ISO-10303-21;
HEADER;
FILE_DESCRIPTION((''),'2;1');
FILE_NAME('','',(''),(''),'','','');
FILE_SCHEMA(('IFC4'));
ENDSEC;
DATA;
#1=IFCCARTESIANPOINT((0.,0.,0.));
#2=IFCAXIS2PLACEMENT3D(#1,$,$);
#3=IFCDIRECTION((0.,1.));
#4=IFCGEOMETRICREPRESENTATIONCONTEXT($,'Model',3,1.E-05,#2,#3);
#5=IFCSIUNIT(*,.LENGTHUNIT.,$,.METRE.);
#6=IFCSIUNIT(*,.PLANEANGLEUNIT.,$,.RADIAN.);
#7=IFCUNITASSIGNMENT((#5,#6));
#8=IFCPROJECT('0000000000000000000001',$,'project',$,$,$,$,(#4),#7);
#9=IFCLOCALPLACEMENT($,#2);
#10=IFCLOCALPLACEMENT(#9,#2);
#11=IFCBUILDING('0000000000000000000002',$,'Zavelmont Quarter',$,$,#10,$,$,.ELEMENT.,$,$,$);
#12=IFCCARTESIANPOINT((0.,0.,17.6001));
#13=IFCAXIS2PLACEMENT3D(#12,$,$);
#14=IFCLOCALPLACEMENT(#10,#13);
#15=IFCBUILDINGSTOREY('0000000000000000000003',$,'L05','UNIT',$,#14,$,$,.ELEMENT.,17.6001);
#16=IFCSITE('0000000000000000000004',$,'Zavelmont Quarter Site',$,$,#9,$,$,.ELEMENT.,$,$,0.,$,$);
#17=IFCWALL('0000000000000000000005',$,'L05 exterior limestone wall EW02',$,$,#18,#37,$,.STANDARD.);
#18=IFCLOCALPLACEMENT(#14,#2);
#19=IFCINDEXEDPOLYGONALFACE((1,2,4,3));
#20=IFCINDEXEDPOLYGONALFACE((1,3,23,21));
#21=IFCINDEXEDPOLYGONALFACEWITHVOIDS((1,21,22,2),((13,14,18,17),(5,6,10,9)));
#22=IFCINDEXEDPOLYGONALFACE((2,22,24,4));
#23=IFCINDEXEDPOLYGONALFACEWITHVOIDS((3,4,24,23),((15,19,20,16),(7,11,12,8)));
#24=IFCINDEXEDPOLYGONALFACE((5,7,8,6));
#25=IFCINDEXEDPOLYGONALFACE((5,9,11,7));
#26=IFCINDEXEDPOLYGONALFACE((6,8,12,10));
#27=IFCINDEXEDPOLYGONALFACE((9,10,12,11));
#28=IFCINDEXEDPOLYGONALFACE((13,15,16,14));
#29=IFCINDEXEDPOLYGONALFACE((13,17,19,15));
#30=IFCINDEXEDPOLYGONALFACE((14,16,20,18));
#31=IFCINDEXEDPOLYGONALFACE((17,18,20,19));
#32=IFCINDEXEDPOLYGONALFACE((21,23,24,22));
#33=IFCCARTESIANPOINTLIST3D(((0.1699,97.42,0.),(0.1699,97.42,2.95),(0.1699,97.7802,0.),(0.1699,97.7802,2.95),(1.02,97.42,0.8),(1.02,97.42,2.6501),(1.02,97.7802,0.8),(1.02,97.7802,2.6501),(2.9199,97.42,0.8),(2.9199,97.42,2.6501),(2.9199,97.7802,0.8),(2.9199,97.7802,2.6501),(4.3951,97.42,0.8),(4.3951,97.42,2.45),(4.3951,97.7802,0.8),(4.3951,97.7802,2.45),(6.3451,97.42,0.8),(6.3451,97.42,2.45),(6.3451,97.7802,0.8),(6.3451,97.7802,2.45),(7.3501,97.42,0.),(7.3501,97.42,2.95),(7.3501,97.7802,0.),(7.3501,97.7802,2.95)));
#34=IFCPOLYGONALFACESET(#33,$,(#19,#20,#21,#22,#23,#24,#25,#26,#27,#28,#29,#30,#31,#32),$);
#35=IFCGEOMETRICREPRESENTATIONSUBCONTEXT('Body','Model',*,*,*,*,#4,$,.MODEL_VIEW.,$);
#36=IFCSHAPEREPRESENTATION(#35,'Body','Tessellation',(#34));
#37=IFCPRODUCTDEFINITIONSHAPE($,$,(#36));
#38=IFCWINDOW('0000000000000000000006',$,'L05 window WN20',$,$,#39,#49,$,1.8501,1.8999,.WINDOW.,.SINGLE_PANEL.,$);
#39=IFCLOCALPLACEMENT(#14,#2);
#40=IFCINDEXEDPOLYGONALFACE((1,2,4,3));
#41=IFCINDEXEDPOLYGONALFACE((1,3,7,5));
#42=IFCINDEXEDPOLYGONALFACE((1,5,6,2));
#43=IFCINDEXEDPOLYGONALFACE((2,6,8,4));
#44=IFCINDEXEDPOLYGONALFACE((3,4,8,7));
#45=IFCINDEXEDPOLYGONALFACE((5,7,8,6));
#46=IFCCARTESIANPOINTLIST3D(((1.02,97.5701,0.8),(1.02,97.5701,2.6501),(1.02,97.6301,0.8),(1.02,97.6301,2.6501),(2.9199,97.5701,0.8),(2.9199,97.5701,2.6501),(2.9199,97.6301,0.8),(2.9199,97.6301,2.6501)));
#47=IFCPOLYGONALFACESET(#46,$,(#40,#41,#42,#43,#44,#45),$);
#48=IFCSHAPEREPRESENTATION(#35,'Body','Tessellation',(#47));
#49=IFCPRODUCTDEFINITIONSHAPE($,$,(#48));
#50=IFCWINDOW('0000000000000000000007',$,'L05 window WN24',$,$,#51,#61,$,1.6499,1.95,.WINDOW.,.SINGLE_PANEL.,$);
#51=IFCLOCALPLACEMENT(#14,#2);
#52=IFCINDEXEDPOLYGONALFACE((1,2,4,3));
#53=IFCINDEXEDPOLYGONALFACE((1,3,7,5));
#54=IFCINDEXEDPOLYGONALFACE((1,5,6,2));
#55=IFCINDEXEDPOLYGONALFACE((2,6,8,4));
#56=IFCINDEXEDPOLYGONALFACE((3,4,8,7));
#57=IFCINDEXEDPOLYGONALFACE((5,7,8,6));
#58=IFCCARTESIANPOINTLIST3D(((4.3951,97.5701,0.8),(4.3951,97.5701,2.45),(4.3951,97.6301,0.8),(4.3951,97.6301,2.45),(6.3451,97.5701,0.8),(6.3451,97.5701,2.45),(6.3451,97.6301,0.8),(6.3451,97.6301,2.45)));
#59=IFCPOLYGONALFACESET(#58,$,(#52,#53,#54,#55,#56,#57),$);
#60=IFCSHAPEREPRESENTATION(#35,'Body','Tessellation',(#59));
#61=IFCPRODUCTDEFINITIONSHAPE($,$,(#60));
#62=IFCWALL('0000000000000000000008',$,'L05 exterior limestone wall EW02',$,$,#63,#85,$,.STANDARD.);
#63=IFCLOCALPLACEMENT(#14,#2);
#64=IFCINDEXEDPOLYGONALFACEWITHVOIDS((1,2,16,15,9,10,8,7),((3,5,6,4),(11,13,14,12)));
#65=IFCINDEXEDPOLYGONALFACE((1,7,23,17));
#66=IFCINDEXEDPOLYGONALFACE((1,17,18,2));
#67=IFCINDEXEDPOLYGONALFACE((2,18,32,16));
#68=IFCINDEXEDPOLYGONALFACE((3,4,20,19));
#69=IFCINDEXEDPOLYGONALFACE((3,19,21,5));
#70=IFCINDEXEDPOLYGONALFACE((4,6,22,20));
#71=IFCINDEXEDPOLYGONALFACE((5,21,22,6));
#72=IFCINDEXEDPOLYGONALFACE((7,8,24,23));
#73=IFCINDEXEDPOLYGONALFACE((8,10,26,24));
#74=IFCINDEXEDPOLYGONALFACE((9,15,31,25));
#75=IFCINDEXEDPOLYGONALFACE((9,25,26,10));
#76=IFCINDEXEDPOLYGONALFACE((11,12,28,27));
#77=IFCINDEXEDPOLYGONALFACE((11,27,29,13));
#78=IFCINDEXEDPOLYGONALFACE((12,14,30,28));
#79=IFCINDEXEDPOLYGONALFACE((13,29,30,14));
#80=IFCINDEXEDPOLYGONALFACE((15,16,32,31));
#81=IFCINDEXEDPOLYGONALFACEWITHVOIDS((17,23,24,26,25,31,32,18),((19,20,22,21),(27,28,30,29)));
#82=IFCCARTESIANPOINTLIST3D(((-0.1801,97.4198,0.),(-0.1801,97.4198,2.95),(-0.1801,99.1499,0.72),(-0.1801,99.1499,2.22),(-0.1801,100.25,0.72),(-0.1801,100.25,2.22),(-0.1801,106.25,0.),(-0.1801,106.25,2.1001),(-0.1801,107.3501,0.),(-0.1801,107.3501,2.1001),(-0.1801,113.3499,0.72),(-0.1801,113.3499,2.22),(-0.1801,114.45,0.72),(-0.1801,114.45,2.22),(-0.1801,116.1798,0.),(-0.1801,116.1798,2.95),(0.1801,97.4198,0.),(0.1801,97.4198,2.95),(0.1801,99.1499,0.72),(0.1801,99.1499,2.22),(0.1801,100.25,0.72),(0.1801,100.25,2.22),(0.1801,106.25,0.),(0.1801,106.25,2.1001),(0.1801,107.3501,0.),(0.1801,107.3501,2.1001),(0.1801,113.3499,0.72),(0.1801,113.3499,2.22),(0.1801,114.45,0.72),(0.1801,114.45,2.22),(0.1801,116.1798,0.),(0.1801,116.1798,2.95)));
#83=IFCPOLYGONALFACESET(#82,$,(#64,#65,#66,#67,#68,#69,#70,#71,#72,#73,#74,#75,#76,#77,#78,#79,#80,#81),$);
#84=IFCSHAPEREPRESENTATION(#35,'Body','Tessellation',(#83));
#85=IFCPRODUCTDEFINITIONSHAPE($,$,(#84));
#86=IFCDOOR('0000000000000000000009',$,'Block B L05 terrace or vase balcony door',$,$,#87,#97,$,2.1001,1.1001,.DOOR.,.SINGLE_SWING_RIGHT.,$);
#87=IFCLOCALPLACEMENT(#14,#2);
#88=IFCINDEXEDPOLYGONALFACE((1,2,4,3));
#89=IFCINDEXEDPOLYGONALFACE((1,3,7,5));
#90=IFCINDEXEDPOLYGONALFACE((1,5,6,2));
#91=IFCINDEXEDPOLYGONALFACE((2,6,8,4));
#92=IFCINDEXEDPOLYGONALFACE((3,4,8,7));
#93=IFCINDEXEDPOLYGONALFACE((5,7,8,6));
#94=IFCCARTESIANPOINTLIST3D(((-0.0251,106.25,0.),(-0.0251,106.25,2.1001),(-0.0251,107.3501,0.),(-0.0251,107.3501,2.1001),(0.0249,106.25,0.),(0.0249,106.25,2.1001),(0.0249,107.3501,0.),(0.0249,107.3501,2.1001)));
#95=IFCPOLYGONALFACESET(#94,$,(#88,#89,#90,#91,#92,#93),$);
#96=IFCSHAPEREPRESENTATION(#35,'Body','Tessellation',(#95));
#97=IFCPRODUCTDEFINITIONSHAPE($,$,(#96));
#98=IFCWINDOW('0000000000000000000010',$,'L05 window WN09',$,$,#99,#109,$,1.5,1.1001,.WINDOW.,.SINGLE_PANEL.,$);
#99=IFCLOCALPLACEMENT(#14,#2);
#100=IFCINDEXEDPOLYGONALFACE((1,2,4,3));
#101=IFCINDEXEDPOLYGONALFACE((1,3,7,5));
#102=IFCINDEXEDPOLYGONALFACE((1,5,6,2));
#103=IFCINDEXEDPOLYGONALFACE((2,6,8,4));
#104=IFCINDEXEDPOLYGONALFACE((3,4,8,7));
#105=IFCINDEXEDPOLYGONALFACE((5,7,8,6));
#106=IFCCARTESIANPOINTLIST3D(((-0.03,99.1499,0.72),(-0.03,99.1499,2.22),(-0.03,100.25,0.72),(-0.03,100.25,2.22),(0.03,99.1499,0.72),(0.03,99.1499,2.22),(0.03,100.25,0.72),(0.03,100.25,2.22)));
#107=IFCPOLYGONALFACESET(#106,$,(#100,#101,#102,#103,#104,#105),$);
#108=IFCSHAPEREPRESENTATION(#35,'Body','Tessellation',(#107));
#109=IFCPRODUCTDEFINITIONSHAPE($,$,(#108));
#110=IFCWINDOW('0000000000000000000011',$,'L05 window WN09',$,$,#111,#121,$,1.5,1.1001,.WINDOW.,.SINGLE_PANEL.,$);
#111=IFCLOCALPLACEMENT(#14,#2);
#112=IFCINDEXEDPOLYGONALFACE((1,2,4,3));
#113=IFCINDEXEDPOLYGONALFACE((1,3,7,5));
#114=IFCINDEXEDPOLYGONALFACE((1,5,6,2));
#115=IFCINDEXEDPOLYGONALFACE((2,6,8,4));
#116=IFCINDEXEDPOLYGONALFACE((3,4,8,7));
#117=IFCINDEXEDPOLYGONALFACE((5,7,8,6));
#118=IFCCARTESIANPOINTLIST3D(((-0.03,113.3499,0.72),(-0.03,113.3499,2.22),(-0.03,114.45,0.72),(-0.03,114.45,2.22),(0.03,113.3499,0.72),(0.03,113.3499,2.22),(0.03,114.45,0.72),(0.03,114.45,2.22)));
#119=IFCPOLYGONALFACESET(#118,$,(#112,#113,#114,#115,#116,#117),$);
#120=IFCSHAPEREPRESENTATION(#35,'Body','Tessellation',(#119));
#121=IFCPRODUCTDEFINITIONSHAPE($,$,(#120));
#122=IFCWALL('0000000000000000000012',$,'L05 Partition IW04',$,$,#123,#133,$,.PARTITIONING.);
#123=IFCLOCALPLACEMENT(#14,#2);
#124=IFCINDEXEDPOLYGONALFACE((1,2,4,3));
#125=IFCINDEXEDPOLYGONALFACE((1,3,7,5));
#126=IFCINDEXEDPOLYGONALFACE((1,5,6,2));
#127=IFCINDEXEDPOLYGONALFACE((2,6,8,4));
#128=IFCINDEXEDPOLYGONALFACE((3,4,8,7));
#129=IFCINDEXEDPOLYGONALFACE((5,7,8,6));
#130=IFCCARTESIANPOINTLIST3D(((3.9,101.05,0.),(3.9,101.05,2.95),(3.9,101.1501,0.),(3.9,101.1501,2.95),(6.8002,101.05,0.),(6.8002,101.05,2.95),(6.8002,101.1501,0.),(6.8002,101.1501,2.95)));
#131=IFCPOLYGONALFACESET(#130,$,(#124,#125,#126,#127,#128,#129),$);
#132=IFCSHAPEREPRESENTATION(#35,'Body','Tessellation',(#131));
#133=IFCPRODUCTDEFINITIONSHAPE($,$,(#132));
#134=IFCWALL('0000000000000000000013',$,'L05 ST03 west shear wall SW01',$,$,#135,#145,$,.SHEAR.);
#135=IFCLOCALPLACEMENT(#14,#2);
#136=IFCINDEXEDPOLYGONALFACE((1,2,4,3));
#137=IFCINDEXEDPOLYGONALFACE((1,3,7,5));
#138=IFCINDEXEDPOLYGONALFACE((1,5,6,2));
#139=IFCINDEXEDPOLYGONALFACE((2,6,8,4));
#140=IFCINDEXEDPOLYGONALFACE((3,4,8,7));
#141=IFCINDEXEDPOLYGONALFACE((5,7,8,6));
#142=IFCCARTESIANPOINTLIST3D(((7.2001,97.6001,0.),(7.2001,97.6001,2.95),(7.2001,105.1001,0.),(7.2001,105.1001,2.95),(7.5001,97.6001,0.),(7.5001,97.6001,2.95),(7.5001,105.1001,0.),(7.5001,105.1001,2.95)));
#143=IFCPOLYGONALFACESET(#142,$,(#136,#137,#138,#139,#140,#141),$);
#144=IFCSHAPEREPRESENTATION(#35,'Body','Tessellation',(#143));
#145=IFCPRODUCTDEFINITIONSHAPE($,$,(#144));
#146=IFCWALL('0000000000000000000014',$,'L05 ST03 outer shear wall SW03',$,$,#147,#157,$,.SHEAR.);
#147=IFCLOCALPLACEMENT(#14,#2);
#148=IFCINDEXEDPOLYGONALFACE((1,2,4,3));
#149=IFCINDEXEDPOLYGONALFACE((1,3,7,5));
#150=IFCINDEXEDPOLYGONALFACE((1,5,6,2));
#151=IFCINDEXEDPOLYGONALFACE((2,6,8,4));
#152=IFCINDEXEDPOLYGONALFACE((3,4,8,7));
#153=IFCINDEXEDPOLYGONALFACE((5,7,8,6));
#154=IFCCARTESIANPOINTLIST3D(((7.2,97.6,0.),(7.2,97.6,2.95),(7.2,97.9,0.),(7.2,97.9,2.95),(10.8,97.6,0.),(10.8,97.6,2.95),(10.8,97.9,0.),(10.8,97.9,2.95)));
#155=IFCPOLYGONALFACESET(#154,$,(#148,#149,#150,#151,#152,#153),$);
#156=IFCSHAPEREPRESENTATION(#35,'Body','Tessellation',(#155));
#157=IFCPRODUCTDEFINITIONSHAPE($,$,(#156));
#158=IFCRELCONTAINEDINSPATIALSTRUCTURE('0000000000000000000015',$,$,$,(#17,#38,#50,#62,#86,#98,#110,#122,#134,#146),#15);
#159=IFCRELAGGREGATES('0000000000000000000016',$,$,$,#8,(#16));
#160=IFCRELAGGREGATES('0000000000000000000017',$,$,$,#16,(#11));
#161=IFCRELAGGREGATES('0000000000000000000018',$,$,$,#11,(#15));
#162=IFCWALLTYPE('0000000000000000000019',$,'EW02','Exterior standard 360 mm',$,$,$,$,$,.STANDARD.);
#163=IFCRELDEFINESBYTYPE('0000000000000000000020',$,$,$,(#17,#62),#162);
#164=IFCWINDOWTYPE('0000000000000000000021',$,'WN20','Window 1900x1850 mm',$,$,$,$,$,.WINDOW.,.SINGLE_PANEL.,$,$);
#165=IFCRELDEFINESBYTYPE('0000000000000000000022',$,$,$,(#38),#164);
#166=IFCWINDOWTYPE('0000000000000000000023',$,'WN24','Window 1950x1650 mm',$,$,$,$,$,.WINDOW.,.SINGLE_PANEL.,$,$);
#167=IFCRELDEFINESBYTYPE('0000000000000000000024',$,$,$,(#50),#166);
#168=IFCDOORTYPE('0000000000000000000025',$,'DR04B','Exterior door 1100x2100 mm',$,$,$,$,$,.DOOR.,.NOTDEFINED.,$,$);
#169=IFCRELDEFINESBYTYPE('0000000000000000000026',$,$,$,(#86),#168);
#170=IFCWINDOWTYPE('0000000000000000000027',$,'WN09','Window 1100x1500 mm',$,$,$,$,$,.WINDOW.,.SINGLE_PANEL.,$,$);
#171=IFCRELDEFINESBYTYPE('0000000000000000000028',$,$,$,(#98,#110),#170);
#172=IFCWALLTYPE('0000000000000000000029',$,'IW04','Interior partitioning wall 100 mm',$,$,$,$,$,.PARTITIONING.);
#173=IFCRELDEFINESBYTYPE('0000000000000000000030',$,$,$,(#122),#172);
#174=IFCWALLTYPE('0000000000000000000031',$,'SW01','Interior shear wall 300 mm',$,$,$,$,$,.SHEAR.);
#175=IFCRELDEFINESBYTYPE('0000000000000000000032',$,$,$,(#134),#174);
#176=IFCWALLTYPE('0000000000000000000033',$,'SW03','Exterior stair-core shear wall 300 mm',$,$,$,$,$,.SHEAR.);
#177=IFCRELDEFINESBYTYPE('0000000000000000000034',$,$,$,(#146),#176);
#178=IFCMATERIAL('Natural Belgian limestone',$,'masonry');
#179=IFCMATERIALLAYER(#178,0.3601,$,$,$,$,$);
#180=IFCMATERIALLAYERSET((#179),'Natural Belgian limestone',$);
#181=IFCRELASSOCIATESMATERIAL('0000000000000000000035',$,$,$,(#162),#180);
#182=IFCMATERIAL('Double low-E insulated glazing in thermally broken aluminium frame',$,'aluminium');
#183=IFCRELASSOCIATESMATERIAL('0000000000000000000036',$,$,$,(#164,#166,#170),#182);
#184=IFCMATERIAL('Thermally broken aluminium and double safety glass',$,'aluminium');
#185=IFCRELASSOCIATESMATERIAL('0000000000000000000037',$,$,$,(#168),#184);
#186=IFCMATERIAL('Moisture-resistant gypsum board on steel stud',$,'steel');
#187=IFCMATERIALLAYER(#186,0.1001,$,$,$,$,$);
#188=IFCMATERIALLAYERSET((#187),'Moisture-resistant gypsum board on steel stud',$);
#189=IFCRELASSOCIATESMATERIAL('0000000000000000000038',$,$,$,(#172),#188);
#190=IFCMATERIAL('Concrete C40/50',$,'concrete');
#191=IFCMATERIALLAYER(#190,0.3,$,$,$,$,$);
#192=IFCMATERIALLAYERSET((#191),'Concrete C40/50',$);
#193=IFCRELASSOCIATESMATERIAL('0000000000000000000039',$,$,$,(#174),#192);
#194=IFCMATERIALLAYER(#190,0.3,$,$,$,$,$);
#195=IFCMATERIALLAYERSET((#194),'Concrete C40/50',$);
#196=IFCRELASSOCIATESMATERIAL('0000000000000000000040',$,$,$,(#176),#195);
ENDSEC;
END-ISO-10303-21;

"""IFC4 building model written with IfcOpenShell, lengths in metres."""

from ifc_helpers import new_model, si_unit, direction, frame, frame_2d, origin, origin_with_axes, place, context, subcontext, project, spatial, rectangle, extrude, material, layer, layer_set, type_object, element, fill, save


model = new_model("IFC4")

# Units and contexts
model_context = context("Model", 3, precision=1e-05, world=origin(), true_north=direction((0.0, 1.0)))
body_context = subcontext(model_context, "Body", "Model", "MODEL_VIEW")
ifc_project = project(units=[si_unit("LENGTHUNIT", "METRE"), si_unit("PLANEANGLEUNIT", "RADIAN")], contexts=[model_context])

# Site, building, storey
site_placement = place(None, origin())
site = spatial("IfcSite", under=ifc_project, at=site_placement, Name="Zavelmont Quarter Site", CompositionType="ELEMENT", RefElevation=0.0)
building_placement = place(site_placement, origin())
building = spatial("IfcBuilding", under=site, at=building_placement, Name="Zavelmont Quarter", CompositionType="ELEMENT")
storey_placement = place(building_placement, frame((0.0, 0.0, 17.6001)))
storey = spatial("IfcBuildingStorey", under=building, at=storey_placement, Name="L05", Description="UNIT", CompositionType="ELEMENT", Elevation=17.6001)

# Shared definitions
ifc_material_1 = material(Name="Concrete C40/50", Category="concrete")

# Wall, openings, windows
ifc_material_2 = material(Name="Natural Belgian limestone", Category="masonry")
ifc_layer_1 = layer(ifc_material_2, 0.3601)
ifc_layer_set_1 = layer_set([ifc_layer_1], Name="Natural Belgian limestone")
wall_type_1 = type_object("IfcWallType", Name="EW02", Description="Exterior standard 360 mm", PredefinedType="STANDARD", material=ifc_layer_set_1)
wall_1_placement = place(storey_placement, frame((0.1699, 97.6001, 0.0), z_axis=(0.0, 0.0, 1.0), x_axis=(1.0, 0.0, 0.0)))
wall_1 = element("IfcWall", 1, at=wall_1_placement, inside=storey, type_object=wall_type_1, Name="L05 exterior limestone wall EW02", PredefinedType="STANDARD", context=body_context, shape_type="SweptSolid", body=[
    extrude(rectangle(XDim=7.1802, YDim=0.3601, at=frame_2d((3.5901, 0.0))), origin(), (0.0, 0.0, 1.0), 2.95),
])
opening_1_placement = place(wall_1_placement, frame((0.8501, 0.0, 0.8)))
opening_1 = element("IfcOpeningElement", 2, at=opening_1_placement, cuts=wall_1, PredefinedType="OPENING", context=body_context, shape_type="SweptSolid", body=[
    extrude(rectangle(XDim=1.8999, YDim=1.8501, at=frame_2d((0.95, 0.925))), frame((0.0, 0.1919, 0.0), z_axis=(0.0, -1.0, 0.0), x_axis=(1.0, 0.0, 0.0)), (0.0, 0.0, 1.0), 0.384),
])
opening_2_placement = place(wall_1_placement, frame((4.2251, 0.0, 0.8)))
opening_2 = element("IfcOpeningElement", 3, at=opening_2_placement, cuts=wall_1, PredefinedType="OPENING", context=body_context, shape_type="SweptSolid", body=[
    extrude(rectangle(XDim=1.95, YDim=1.6499, at=frame_2d((0.9751, 0.825))), frame((0.0, 0.1919, 0.0), z_axis=(0.0, -1.0, 0.0), x_axis=(1.0, 0.0, 0.0)), (0.0, 0.0, 1.0), 0.384),
])
ifc_material_3 = material(Name="Double low-E insulated glazing in thermally broken aluminium frame", Category="aluminium")
window_type_1 = type_object("IfcWindowType", Name="WN20", Description="Window 1900x1850 mm", PartitioningType="SINGLE_PANEL", PredefinedType="WINDOW", material=ifc_material_3)
window_1_placement = place(opening_1_placement, origin_with_axes())
window_1 = element("IfcWindow", 4, at=window_1_placement, inside=storey, type_object=window_type_1, Name="L05 window WN20", OverallHeight=1.8501, OverallWidth=1.8999, PartitioningType="SINGLE_PANEL", PredefinedType="WINDOW", context=body_context, shape_type="SweptSolid", body=[
    extrude(rectangle(XDim=1.8999, YDim=1.8501, at=frame_2d((0.95, 0.925))), frame((0.0, 0.03, 0.0), z_axis=(0.0, -1.0, 0.0), x_axis=(1.0, 0.0, 0.0)), (0.0, 0.0, 1.0), 0.0601),
])
fill(opening_1, window_1)
window_type_2 = type_object("IfcWindowType", Name="WN24", Description="Window 1950x1650 mm", PartitioningType="SINGLE_PANEL", PredefinedType="WINDOW", material=ifc_material_3)
window_2_placement = place(opening_2_placement, origin_with_axes())
window_2 = element("IfcWindow", 5, at=window_2_placement, inside=storey, type_object=window_type_2, Name="L05 window WN24", OverallHeight=1.6499, OverallWidth=1.95, PartitioningType="SINGLE_PANEL", PredefinedType="WINDOW", context=body_context, shape_type="SweptSolid", body=[
    extrude(rectangle(XDim=1.95, YDim=1.6499, at=frame_2d((0.9751, 0.825))), frame((0.0, 0.03, 0.0), z_axis=(0.0, -1.0, 0.0), x_axis=(1.0, 0.0, 0.0)), (0.0, 0.0, 1.0), 0.0601),
])
fill(opening_2, window_2)

# Wall, openings, door, windows
wall_2_placement = place(storey_placement, frame((0.0, 97.4199, 0.0), z_axis=(0.0, 0.0, 1.0), x_axis=(0.0, 1.0, 0.0)))
wall_2 = element("IfcWall", 6, at=wall_2_placement, inside=storey, type_object=wall_type_1, Name="L05 exterior limestone wall EW02", PredefinedType="STANDARD", context=body_context, shape_type="SweptSolid", body=[
    extrude(rectangle(XDim=18.76, YDim=0.3601, at=frame_2d((9.3799, 0.0))), origin(), (0.0, 0.0, 1.0), 2.95),
])
opening_3_placement = place(wall_2_placement, frame((8.8301, 0.0, 0.0)))
opening_3 = element("IfcOpeningElement", 7, at=opening_3_placement, cuts=wall_2, PredefinedType="OPENING", context=body_context, shape_type="SweptSolid", body=[
    extrude(rectangle(XDim=1.1001, YDim=2.1001, at=frame_2d((0.55, 1.05))), frame((0.0, 0.1919, 0.0), z_axis=(0.0, -1.0, 0.0), x_axis=(1.0, 0.0, 0.0)), (0.0, 0.0, 1.0), 0.384),
])
opening_4_placement = place(wall_2_placement, frame((1.73, 0.0, 0.72)))
opening_4 = element("IfcOpeningElement", 8, at=opening_4_placement, cuts=wall_2, PredefinedType="OPENING", context=body_context, shape_type="SweptSolid", body=[
    extrude(rectangle(XDim=1.1001, YDim=1.5, at=frame_2d((0.55, 0.75))), frame((0.0, 0.1919, 0.0), z_axis=(0.0, -1.0, 0.0), x_axis=(1.0, 0.0, 0.0)), (0.0, 0.0, 1.0), 0.384),
])
opening_5_placement = place(wall_2_placement, frame((15.9299, 0.0, 0.72)))
opening_5 = element("IfcOpeningElement", 9, at=opening_5_placement, cuts=wall_2, PredefinedType="OPENING", context=body_context, shape_type="SweptSolid", body=[
    extrude(rectangle(XDim=1.1001, YDim=1.5, at=frame_2d((0.55, 0.75))), frame((0.0, 0.1919, 0.0), z_axis=(0.0, -1.0, 0.0), x_axis=(1.0, 0.0, 0.0)), (0.0, 0.0, 1.0), 0.384),
])
ifc_material_4 = material(Name="Thermally broken aluminium and double safety glass", Category="aluminium")
door_type = type_object("IfcDoorType", Name="DR04B", Description="Exterior door 1100x2100 mm", OperationType="NOTDEFINED", PredefinedType="DOOR", material=ifc_material_4)
door_placement = place(opening_3_placement, frame((1.1001, 0.0, 0.0), z_axis=(0.0, 0.0, 1.0), x_axis=(-1.0, 0.0, 0.0)))
door = element("IfcDoor", 10, at=door_placement, inside=storey, type_object=door_type, Name="Block B L05 terrace or vase balcony door", OperationType="SINGLE_SWING_RIGHT", OverallHeight=2.1001, OverallWidth=1.1001, PredefinedType="DOOR", context=body_context, shape_type="SweptSolid", body=[
    extrude(rectangle(XDim=1.1001, YDim=2.1001, at=frame_2d((0.55, 1.05))), frame((0.0, 0.0249, 0.0), z_axis=(0.0, -1.0, 0.0), x_axis=(1.0, 0.0, 0.0)), (0.0, 0.0, 1.0), 0.05),
])
fill(opening_3, door)
window_type_3 = type_object("IfcWindowType", Name="WN09", Description="Window 1100x1500 mm", PartitioningType="SINGLE_PANEL", PredefinedType="WINDOW", material=ifc_material_3)
window_3_placement = place(opening_4_placement, origin_with_axes())
window_3 = element("IfcWindow", 11, at=window_3_placement, inside=storey, type_object=window_type_3, Name="L05 window WN09", OverallHeight=1.5, OverallWidth=1.1001, PartitioningType="SINGLE_PANEL", PredefinedType="WINDOW", context=body_context, shape_type="SweptSolid", body=[
    extrude(rectangle(XDim=1.1001, YDim=1.5, at=frame_2d((0.55, 0.75))), frame((0.0, 0.03, 0.0), z_axis=(0.0, -1.0, 0.0), x_axis=(1.0, 0.0, 0.0)), (0.0, 0.0, 1.0), 0.0601),
])
fill(opening_4, window_3)
window_4_placement = place(opening_5_placement, origin_with_axes())
window_4 = element("IfcWindow", 12, at=window_4_placement, inside=storey, type_object=window_type_3, Name="L05 window WN09", OverallHeight=1.5, OverallWidth=1.1001, PartitioningType="SINGLE_PANEL", PredefinedType="WINDOW", context=body_context, shape_type="SweptSolid", body=[
    extrude(rectangle(XDim=1.1001, YDim=1.5, at=frame_2d((0.55, 0.75))), frame((0.0, 0.03, 0.0), z_axis=(0.0, -1.0, 0.0), x_axis=(1.0, 0.0, 0.0)), (0.0, 0.0, 1.0), 0.0601),
])
fill(opening_5, window_4)

# Walls
ifc_material_5 = material(Name="Moisture-resistant gypsum board on steel stud", Category="steel")
ifc_layer_2 = layer(ifc_material_5, 0.1001)
ifc_layer_set_2 = layer_set([ifc_layer_2], Name="Moisture-resistant gypsum board on steel stud")
wall_type_2 = type_object("IfcWallType", Name="IW04", Description="Interior partitioning wall 100 mm", PredefinedType="PARTITIONING", material=ifc_layer_set_2)
wall_3_placement = place(storey_placement, frame((3.8999, 101.1001, 0.0), z_axis=(0.0, 0.0, 1.0), x_axis=(1.0, 0.0, 0.0)))
element("IfcWall", 13, at=wall_3_placement, inside=storey, type_object=wall_type_2, Name="L05 Partition IW04", PredefinedType="PARTITIONING", context=body_context, shape_type="SweptSolid", body=[
    extrude(rectangle(XDim=2.9001, YDim=0.1001, at=frame_2d((1.4502, 0.0))), origin(), (0.0, 0.0, 1.0), 2.95),
])
ifc_layer_3 = layer(ifc_material_1, 0.3)
ifc_layer_set_3 = layer_set([ifc_layer_3], Name="Concrete C40/50")
wall_type_3 = type_object("IfcWallType", Name="SW01", Description="Interior shear wall 300 mm", PredefinedType="SHEAR", material=ifc_layer_set_3)
wall_4_placement = place(storey_placement, frame((7.3501, 97.6001, 0.0), z_axis=(0.0, 0.0, 1.0), x_axis=(0.0, 1.0, 0.0)))
element("IfcWall", 14, at=wall_4_placement, inside=storey, type_object=wall_type_3, Name="L05 ST03 west shear wall SW01", PredefinedType="SHEAR", context=body_context, shape_type="SweptSolid", body=[
    extrude(rectangle(XDim=7.5, YDim=0.3, at=frame_2d((3.75, 0.0))), origin(), (0.0, 0.0, 1.0), 2.95),
])
ifc_layer_4 = layer(ifc_material_1, 0.3)
ifc_layer_set_4 = layer_set([ifc_layer_4], Name="Concrete C40/50")
wall_type_4 = type_object("IfcWallType", Name="SW03", Description="Exterior stair-core shear wall 300 mm", PredefinedType="SHEAR", material=ifc_layer_set_4)
wall_5_placement = place(storey_placement, frame((7.2, 97.75, 0.0), z_axis=(0.0, 0.0, 1.0), x_axis=(1.0, 0.0, 0.0)))
element("IfcWall", 15, at=wall_5_placement, inside=storey, type_object=wall_type_4, Name="L05 ST03 outer shear wall SW03", PredefinedType="SHEAR", context=body_context, shape_type="SweptSolid", body=[
    extrude(rectangle(XDim=3.6001, YDim=0.3, at=frame_2d((1.8, 0.0))), origin(), (0.0, 0.0, 1.0), 2.95),
])

save(model, "model.ifc")
